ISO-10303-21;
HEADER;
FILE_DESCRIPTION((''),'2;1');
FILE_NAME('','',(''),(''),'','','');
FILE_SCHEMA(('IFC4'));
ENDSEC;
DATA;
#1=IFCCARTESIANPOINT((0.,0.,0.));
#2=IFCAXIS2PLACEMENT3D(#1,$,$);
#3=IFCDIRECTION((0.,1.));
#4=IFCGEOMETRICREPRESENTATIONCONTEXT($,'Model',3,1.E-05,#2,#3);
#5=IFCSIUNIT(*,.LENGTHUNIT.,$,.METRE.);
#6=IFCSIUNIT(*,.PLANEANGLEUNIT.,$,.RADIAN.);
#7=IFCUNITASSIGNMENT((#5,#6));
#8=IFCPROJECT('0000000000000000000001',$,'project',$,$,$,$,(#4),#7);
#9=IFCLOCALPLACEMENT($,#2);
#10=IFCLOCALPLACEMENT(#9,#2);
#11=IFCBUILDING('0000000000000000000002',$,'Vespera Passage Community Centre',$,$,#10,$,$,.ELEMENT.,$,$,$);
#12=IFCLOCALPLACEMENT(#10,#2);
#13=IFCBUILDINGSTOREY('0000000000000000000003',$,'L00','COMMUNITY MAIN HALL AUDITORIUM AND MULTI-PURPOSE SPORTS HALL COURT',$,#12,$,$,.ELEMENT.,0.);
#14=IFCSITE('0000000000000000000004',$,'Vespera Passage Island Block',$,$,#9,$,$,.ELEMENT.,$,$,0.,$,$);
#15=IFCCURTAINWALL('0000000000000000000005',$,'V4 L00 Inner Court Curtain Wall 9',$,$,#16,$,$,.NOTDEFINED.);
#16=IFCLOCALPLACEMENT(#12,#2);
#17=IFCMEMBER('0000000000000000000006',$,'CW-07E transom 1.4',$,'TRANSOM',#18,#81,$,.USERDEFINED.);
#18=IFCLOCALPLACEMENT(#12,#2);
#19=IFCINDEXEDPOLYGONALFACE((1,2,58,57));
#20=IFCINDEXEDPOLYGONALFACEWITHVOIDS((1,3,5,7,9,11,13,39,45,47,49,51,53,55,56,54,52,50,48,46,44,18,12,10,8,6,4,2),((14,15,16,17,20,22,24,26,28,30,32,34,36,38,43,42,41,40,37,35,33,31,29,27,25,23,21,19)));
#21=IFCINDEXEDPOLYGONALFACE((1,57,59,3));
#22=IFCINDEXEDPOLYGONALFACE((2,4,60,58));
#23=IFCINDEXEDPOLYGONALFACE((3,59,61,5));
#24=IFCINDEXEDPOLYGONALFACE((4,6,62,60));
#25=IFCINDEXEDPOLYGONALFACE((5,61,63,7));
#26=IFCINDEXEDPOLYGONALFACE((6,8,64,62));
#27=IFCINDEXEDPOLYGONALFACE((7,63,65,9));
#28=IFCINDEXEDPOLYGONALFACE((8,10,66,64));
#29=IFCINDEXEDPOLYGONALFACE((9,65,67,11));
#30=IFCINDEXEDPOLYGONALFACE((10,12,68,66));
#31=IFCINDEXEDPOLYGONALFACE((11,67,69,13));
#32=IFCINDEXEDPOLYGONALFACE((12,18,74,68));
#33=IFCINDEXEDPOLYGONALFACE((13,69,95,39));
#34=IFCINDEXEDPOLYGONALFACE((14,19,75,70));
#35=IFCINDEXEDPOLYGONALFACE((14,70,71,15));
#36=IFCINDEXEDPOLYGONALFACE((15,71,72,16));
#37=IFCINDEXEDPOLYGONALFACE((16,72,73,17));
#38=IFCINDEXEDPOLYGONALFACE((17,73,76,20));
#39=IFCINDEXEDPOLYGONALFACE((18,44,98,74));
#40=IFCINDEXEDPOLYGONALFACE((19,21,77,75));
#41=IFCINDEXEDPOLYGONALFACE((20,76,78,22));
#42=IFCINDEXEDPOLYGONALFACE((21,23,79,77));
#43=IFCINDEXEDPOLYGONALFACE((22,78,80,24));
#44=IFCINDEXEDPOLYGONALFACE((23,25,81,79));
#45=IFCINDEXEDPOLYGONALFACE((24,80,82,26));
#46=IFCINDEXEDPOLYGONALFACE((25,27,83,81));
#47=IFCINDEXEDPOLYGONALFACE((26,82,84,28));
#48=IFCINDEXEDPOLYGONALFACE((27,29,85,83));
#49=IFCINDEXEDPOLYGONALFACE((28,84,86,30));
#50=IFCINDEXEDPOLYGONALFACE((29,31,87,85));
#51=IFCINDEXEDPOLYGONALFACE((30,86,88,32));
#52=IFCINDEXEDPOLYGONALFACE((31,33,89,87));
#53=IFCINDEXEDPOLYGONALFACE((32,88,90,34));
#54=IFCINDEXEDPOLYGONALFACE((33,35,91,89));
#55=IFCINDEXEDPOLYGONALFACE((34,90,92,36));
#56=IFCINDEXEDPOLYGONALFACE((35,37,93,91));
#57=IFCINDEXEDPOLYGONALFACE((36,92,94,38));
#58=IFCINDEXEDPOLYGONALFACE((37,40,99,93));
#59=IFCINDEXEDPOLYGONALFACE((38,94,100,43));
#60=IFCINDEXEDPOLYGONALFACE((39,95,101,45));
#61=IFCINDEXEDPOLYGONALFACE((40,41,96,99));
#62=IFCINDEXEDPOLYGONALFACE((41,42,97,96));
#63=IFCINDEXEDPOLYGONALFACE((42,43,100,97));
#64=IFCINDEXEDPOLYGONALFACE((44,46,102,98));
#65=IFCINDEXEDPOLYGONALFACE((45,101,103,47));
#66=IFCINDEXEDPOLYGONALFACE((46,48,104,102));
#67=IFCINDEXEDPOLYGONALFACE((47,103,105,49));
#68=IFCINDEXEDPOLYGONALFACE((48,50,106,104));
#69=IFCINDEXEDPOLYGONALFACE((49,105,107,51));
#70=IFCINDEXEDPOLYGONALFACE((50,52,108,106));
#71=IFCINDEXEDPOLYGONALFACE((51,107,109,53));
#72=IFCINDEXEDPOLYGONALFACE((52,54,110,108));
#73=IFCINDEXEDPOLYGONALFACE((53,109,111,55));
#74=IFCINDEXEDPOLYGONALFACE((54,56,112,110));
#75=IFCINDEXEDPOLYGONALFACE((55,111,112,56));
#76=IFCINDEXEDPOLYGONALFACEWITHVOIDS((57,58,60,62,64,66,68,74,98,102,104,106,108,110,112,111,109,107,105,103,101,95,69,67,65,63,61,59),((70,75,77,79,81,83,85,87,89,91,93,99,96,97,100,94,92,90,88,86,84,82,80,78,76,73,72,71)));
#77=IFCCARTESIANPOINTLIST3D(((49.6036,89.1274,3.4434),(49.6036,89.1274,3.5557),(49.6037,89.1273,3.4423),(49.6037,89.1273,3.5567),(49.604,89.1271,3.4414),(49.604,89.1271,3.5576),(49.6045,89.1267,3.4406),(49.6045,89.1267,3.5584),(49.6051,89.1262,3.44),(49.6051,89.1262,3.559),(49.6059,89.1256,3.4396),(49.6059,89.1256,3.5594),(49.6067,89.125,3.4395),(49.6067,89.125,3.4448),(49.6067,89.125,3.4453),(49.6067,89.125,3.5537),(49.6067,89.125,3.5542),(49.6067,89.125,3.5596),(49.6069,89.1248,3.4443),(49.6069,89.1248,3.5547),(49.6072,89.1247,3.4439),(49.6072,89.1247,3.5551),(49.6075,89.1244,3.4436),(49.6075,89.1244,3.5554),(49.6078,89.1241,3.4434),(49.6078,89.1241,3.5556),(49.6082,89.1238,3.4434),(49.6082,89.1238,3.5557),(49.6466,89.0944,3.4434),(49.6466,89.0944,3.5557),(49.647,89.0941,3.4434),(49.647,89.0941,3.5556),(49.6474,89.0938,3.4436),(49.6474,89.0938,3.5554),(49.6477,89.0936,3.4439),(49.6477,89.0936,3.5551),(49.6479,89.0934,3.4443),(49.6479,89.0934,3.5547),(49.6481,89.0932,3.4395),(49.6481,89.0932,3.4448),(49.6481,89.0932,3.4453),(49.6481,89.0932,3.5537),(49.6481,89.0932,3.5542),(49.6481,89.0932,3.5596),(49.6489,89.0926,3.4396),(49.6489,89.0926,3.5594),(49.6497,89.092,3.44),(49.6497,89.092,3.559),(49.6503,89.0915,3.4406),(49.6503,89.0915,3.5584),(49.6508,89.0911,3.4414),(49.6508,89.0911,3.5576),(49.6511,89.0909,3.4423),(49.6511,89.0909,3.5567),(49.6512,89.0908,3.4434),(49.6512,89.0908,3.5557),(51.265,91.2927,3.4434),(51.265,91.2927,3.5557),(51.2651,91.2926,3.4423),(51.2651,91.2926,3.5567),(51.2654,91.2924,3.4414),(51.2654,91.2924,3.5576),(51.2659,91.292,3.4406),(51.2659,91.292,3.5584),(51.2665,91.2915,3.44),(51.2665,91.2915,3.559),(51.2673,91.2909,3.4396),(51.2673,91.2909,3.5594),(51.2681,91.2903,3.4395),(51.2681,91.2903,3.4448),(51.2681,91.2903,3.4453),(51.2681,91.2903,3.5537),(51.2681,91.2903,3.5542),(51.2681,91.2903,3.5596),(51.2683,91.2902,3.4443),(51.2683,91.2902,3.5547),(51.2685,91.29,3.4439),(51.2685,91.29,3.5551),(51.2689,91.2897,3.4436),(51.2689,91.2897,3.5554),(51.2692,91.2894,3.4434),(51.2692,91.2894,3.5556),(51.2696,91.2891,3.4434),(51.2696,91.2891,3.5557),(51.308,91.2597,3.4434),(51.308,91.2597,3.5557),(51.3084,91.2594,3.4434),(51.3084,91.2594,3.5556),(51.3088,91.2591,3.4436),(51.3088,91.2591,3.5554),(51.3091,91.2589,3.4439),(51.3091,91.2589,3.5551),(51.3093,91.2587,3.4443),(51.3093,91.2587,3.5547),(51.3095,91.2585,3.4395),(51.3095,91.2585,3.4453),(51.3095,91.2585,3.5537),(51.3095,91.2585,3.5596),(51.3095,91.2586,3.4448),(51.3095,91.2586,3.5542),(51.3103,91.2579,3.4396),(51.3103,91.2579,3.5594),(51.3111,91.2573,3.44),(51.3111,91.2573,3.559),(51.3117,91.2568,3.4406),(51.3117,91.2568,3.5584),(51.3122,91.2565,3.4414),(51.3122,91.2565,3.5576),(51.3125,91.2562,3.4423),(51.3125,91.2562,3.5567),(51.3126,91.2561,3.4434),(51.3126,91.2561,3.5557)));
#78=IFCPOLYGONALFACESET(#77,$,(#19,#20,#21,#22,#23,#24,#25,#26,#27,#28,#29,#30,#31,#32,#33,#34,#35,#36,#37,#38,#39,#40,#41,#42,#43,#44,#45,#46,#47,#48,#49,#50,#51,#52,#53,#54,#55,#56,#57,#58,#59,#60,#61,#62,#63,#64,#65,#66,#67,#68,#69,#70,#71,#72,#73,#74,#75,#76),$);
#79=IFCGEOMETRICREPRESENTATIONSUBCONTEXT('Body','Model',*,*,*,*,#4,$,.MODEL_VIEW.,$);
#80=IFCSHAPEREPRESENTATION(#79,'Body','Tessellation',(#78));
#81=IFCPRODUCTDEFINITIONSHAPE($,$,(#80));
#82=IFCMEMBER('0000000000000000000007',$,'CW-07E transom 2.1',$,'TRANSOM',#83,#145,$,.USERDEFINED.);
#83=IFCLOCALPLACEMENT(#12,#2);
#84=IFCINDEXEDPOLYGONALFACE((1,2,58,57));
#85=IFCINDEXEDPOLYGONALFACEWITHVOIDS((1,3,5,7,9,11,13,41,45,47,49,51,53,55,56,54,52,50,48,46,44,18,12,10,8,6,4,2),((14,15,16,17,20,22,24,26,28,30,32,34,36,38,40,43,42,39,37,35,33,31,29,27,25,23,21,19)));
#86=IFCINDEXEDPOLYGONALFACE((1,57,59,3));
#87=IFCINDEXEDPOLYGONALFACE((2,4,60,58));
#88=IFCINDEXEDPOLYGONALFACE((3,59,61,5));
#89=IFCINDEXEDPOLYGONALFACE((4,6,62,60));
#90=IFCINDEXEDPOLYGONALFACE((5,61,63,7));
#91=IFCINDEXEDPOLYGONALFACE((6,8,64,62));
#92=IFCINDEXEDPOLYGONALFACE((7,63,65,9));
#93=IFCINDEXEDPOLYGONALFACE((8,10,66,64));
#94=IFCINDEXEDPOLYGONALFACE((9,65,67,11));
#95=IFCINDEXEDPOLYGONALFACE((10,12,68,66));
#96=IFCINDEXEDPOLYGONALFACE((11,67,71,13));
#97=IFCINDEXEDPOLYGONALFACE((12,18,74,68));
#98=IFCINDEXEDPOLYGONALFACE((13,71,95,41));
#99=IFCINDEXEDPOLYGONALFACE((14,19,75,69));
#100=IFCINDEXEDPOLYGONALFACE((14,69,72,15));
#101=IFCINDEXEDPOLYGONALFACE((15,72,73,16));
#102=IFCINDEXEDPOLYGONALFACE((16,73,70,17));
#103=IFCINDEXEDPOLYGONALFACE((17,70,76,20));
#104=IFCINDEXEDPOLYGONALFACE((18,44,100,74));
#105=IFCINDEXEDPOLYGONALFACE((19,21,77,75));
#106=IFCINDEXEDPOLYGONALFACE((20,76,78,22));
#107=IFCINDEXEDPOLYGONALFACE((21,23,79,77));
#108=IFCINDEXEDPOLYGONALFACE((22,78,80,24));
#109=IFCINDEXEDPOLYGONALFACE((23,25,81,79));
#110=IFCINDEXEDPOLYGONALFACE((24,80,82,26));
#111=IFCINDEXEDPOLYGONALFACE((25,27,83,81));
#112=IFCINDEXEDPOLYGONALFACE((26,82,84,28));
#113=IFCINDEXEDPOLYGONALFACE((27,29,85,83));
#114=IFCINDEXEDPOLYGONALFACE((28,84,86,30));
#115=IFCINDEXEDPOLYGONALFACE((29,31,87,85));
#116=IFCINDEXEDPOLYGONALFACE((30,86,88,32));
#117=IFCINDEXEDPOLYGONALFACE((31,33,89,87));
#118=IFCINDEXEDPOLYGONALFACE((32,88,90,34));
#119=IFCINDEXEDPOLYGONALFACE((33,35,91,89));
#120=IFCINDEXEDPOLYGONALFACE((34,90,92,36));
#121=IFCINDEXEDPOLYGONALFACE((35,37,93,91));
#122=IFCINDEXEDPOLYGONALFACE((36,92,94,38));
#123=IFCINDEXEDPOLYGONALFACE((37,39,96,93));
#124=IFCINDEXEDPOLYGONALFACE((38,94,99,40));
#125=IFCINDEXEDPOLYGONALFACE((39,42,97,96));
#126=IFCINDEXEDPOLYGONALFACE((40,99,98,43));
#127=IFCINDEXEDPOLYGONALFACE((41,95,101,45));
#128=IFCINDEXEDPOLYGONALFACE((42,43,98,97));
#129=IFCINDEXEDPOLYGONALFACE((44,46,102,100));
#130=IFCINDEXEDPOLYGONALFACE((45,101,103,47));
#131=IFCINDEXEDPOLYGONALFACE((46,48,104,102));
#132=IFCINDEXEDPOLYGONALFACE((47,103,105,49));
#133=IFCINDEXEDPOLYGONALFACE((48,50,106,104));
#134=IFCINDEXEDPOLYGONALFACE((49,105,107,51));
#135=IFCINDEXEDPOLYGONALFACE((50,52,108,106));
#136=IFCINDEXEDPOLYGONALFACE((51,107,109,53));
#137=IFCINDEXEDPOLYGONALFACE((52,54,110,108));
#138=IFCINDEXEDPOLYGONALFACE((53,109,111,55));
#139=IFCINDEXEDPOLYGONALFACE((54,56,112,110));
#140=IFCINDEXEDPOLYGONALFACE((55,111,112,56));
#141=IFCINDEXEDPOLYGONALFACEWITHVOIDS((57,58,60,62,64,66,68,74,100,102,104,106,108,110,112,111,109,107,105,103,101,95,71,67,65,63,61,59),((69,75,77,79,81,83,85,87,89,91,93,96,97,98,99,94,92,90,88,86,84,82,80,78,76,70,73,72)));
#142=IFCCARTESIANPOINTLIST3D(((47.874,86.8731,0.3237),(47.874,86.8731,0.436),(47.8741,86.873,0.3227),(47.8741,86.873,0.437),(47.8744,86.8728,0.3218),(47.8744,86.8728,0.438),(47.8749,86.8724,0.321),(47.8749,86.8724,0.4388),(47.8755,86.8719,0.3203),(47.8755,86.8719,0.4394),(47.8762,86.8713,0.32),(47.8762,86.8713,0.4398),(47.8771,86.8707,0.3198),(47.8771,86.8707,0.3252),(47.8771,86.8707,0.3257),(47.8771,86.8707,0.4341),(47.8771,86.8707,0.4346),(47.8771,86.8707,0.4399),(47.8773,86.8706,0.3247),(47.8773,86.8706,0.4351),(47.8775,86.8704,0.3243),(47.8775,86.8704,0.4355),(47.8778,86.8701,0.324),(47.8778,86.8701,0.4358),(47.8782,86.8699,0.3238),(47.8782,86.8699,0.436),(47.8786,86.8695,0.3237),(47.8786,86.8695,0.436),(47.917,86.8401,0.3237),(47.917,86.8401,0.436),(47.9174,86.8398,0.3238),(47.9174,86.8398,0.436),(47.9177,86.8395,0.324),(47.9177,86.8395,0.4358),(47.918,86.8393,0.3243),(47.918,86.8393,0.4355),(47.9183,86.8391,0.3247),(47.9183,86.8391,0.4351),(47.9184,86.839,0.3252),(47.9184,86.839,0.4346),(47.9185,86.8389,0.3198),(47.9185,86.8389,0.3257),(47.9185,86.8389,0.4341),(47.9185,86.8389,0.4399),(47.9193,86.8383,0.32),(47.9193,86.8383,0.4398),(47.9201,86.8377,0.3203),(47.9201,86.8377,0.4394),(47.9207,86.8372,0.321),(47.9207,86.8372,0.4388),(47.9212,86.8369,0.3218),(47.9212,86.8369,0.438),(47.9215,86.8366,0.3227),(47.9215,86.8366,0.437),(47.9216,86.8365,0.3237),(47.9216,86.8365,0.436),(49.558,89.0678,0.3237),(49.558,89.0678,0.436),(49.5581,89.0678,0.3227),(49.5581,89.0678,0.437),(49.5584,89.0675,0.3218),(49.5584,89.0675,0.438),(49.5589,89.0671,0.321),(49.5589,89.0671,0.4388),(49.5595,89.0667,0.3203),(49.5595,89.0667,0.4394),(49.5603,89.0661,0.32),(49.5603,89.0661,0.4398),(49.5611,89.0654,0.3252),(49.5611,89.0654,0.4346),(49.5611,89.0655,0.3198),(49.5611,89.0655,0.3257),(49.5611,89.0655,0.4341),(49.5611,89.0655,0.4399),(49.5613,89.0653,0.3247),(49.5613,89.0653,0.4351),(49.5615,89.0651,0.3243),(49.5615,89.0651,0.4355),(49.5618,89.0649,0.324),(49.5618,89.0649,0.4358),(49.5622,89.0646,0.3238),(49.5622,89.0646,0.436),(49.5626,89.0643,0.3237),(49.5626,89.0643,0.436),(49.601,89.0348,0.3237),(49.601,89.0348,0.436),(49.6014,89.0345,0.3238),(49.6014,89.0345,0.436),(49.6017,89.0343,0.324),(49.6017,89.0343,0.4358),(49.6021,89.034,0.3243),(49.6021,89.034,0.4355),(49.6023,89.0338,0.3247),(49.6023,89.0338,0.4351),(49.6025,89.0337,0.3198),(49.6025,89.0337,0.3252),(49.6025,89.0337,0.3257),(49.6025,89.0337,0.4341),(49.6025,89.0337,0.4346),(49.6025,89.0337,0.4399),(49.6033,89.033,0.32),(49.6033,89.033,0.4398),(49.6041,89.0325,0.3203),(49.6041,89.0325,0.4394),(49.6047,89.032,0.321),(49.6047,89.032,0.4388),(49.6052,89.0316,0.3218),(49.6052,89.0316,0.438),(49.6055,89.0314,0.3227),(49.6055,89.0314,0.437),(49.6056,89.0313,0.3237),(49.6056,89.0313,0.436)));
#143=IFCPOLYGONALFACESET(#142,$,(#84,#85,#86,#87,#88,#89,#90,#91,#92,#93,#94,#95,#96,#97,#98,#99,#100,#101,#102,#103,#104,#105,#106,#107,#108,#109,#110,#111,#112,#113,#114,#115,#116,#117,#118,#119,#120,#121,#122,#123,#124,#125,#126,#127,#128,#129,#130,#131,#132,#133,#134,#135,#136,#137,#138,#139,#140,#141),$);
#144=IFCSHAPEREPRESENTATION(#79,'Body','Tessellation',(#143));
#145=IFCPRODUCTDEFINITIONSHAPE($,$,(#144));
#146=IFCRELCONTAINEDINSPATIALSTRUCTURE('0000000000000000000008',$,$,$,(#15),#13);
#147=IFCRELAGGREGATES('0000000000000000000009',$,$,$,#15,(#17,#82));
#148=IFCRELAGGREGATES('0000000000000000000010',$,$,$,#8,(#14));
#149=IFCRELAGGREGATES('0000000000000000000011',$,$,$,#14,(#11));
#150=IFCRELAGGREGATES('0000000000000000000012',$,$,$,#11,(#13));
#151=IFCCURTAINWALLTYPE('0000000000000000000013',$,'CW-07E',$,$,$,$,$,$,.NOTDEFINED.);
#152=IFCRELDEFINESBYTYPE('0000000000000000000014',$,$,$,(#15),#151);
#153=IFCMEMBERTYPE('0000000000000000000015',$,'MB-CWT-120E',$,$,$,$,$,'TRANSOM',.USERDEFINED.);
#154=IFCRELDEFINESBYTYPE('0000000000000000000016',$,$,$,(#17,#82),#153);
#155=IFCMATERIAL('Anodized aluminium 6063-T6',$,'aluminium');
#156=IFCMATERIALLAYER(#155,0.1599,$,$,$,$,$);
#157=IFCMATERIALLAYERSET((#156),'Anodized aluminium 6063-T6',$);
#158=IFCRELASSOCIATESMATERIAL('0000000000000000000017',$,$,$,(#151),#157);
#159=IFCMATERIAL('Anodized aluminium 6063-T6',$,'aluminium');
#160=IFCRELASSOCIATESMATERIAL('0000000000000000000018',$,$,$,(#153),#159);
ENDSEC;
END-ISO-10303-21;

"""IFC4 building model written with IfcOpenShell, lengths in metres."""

from ifc_helpers import new_model, si_unit, direction, frame, origin, origin_2d, place, context, subcontext, project, spatial, hollow_rectangle, extrude, material, layer, layer_set, material_profile, profile_set, type_object, element, aggregate, save


model = new_model("IFC4")

# Units and contexts
model_context = context("Model", 3, precision=1e-05, world=origin(), true_north=direction((0.0, 1.0)))
body_context = subcontext(model_context, "Body", "Model", "MODEL_VIEW")
ifc_project = project(units=[si_unit("LENGTHUNIT", "METRE"), si_unit("PLANEANGLEUNIT", "RADIAN")], contexts=[model_context])

# Site, building, storey
site_placement = place(None, origin())
site = spatial("IfcSite", under=ifc_project, at=site_placement, Name="Vespera Passage Island Block", CompositionType="ELEMENT", RefElevation=0.0)
building_placement = place(site_placement, origin())
building = spatial("IfcBuilding", under=site, at=building_placement, Name="Vespera Passage Community Centre", CompositionType="ELEMENT")
storey_placement = place(building_placement, origin())
storey = spatial("IfcBuildingStorey", under=building, at=storey_placement, Name="L00", Description="COMMUNITY MAIN HALL AUDITORIUM AND MULTI-PURPOSE SPORTS HALL COURT", CompositionType="ELEMENT", Elevation=0.0)

# Curtain wall, members
ifc_material_1 = material(Name="Anodized aluminium 6063-T6", Category="aluminium")
ifc_layer_1 = layer(ifc_material_1, 0.1599)
ifc_layer_set_1 = layer_set([ifc_layer_1], Name="Anodized aluminium 6063-T6")
curtain_wall_type_1 = type_object("IfcCurtainWallType", Name="CW-07E", PredefinedType="NOTDEFINED", material=ifc_layer_set_1)
curtain_wall_1_placement = place(storey_placement, origin())
curtain_wall_1 = element("IfcCurtainWall", 1, at=curtain_wall_1_placement, inside=storey, type_object=curtain_wall_type_1, Name="V4 L00 Inner Court Curtain Wall 9", PredefinedType="NOTDEFINED")
ifc_material_2 = material(Name="Anodized aluminium 6063-T6", Category="aluminium")
ifc_material_profile_1 = material_profile(ifc_material_2, hollow_rectangle(XDim=0.0601, YDim=0.1201, WallThickness=0.0039, InnerFilletRadius=0.002, OuterFilletRadius=0.0039, at=origin_2d()), Name="ALU120X60X4")
ifc_profile_set_1 = profile_set([ifc_material_profile_1], Name="Anodized aluminium 6063-T6")
member_type_1 = type_object("IfcMemberType", Name="MB-CWT-120E", ElementType="TRANSOM", PredefinedType="USERDEFINED", material=ifc_profile_set_1)
member_1_placement = place(storey_placement, frame((51.2888, 91.2744, 3.4995), z_axis=(-0.608738, -0.793372, 0.0), x_axis=(0.793372, -0.608738, 0.0)))
member_1 = element("IfcMember", 2, at=member_1_placement, type_object=member_type_1, Name="CW-07E transom 1.4", ObjectType="TRANSOM", PredefinedType="USERDEFINED", context=body_context, shape_type="SweptSolid", body=[
    extrude(hollow_rectangle(XDim=0.0601, YDim=0.1201, WallThickness=0.0039, InnerFilletRadius=0.002, OuterFilletRadius=0.0039, at=origin_2d()), origin(), (0.0, 0.0, 1.0), 2.7292),
])
member_2_placement = place(storey_placement, frame((49.5818, 89.0496, 0.3799), z_axis=(-0.608746, -0.793365, 0.0), x_axis=(0.793365, -0.608746, 0.0)))
member_2 = element("IfcMember", 3, at=member_2_placement, type_object=member_type_1, Name="CW-07E transom 2.1", ObjectType="TRANSOM", PredefinedType="USERDEFINED", context=body_context, shape_type="SweptSolid", body=[
    extrude(hollow_rectangle(XDim=0.0601, YDim=0.1201, WallThickness=0.0039, InnerFilletRadius=0.002, OuterFilletRadius=0.0039, at=origin_2d()), origin(), (0.0, 0.0, 1.0), 2.7664),
])
aggregate(curtain_wall_1, [member_1, member_2])

save(model, "model.ifc")
